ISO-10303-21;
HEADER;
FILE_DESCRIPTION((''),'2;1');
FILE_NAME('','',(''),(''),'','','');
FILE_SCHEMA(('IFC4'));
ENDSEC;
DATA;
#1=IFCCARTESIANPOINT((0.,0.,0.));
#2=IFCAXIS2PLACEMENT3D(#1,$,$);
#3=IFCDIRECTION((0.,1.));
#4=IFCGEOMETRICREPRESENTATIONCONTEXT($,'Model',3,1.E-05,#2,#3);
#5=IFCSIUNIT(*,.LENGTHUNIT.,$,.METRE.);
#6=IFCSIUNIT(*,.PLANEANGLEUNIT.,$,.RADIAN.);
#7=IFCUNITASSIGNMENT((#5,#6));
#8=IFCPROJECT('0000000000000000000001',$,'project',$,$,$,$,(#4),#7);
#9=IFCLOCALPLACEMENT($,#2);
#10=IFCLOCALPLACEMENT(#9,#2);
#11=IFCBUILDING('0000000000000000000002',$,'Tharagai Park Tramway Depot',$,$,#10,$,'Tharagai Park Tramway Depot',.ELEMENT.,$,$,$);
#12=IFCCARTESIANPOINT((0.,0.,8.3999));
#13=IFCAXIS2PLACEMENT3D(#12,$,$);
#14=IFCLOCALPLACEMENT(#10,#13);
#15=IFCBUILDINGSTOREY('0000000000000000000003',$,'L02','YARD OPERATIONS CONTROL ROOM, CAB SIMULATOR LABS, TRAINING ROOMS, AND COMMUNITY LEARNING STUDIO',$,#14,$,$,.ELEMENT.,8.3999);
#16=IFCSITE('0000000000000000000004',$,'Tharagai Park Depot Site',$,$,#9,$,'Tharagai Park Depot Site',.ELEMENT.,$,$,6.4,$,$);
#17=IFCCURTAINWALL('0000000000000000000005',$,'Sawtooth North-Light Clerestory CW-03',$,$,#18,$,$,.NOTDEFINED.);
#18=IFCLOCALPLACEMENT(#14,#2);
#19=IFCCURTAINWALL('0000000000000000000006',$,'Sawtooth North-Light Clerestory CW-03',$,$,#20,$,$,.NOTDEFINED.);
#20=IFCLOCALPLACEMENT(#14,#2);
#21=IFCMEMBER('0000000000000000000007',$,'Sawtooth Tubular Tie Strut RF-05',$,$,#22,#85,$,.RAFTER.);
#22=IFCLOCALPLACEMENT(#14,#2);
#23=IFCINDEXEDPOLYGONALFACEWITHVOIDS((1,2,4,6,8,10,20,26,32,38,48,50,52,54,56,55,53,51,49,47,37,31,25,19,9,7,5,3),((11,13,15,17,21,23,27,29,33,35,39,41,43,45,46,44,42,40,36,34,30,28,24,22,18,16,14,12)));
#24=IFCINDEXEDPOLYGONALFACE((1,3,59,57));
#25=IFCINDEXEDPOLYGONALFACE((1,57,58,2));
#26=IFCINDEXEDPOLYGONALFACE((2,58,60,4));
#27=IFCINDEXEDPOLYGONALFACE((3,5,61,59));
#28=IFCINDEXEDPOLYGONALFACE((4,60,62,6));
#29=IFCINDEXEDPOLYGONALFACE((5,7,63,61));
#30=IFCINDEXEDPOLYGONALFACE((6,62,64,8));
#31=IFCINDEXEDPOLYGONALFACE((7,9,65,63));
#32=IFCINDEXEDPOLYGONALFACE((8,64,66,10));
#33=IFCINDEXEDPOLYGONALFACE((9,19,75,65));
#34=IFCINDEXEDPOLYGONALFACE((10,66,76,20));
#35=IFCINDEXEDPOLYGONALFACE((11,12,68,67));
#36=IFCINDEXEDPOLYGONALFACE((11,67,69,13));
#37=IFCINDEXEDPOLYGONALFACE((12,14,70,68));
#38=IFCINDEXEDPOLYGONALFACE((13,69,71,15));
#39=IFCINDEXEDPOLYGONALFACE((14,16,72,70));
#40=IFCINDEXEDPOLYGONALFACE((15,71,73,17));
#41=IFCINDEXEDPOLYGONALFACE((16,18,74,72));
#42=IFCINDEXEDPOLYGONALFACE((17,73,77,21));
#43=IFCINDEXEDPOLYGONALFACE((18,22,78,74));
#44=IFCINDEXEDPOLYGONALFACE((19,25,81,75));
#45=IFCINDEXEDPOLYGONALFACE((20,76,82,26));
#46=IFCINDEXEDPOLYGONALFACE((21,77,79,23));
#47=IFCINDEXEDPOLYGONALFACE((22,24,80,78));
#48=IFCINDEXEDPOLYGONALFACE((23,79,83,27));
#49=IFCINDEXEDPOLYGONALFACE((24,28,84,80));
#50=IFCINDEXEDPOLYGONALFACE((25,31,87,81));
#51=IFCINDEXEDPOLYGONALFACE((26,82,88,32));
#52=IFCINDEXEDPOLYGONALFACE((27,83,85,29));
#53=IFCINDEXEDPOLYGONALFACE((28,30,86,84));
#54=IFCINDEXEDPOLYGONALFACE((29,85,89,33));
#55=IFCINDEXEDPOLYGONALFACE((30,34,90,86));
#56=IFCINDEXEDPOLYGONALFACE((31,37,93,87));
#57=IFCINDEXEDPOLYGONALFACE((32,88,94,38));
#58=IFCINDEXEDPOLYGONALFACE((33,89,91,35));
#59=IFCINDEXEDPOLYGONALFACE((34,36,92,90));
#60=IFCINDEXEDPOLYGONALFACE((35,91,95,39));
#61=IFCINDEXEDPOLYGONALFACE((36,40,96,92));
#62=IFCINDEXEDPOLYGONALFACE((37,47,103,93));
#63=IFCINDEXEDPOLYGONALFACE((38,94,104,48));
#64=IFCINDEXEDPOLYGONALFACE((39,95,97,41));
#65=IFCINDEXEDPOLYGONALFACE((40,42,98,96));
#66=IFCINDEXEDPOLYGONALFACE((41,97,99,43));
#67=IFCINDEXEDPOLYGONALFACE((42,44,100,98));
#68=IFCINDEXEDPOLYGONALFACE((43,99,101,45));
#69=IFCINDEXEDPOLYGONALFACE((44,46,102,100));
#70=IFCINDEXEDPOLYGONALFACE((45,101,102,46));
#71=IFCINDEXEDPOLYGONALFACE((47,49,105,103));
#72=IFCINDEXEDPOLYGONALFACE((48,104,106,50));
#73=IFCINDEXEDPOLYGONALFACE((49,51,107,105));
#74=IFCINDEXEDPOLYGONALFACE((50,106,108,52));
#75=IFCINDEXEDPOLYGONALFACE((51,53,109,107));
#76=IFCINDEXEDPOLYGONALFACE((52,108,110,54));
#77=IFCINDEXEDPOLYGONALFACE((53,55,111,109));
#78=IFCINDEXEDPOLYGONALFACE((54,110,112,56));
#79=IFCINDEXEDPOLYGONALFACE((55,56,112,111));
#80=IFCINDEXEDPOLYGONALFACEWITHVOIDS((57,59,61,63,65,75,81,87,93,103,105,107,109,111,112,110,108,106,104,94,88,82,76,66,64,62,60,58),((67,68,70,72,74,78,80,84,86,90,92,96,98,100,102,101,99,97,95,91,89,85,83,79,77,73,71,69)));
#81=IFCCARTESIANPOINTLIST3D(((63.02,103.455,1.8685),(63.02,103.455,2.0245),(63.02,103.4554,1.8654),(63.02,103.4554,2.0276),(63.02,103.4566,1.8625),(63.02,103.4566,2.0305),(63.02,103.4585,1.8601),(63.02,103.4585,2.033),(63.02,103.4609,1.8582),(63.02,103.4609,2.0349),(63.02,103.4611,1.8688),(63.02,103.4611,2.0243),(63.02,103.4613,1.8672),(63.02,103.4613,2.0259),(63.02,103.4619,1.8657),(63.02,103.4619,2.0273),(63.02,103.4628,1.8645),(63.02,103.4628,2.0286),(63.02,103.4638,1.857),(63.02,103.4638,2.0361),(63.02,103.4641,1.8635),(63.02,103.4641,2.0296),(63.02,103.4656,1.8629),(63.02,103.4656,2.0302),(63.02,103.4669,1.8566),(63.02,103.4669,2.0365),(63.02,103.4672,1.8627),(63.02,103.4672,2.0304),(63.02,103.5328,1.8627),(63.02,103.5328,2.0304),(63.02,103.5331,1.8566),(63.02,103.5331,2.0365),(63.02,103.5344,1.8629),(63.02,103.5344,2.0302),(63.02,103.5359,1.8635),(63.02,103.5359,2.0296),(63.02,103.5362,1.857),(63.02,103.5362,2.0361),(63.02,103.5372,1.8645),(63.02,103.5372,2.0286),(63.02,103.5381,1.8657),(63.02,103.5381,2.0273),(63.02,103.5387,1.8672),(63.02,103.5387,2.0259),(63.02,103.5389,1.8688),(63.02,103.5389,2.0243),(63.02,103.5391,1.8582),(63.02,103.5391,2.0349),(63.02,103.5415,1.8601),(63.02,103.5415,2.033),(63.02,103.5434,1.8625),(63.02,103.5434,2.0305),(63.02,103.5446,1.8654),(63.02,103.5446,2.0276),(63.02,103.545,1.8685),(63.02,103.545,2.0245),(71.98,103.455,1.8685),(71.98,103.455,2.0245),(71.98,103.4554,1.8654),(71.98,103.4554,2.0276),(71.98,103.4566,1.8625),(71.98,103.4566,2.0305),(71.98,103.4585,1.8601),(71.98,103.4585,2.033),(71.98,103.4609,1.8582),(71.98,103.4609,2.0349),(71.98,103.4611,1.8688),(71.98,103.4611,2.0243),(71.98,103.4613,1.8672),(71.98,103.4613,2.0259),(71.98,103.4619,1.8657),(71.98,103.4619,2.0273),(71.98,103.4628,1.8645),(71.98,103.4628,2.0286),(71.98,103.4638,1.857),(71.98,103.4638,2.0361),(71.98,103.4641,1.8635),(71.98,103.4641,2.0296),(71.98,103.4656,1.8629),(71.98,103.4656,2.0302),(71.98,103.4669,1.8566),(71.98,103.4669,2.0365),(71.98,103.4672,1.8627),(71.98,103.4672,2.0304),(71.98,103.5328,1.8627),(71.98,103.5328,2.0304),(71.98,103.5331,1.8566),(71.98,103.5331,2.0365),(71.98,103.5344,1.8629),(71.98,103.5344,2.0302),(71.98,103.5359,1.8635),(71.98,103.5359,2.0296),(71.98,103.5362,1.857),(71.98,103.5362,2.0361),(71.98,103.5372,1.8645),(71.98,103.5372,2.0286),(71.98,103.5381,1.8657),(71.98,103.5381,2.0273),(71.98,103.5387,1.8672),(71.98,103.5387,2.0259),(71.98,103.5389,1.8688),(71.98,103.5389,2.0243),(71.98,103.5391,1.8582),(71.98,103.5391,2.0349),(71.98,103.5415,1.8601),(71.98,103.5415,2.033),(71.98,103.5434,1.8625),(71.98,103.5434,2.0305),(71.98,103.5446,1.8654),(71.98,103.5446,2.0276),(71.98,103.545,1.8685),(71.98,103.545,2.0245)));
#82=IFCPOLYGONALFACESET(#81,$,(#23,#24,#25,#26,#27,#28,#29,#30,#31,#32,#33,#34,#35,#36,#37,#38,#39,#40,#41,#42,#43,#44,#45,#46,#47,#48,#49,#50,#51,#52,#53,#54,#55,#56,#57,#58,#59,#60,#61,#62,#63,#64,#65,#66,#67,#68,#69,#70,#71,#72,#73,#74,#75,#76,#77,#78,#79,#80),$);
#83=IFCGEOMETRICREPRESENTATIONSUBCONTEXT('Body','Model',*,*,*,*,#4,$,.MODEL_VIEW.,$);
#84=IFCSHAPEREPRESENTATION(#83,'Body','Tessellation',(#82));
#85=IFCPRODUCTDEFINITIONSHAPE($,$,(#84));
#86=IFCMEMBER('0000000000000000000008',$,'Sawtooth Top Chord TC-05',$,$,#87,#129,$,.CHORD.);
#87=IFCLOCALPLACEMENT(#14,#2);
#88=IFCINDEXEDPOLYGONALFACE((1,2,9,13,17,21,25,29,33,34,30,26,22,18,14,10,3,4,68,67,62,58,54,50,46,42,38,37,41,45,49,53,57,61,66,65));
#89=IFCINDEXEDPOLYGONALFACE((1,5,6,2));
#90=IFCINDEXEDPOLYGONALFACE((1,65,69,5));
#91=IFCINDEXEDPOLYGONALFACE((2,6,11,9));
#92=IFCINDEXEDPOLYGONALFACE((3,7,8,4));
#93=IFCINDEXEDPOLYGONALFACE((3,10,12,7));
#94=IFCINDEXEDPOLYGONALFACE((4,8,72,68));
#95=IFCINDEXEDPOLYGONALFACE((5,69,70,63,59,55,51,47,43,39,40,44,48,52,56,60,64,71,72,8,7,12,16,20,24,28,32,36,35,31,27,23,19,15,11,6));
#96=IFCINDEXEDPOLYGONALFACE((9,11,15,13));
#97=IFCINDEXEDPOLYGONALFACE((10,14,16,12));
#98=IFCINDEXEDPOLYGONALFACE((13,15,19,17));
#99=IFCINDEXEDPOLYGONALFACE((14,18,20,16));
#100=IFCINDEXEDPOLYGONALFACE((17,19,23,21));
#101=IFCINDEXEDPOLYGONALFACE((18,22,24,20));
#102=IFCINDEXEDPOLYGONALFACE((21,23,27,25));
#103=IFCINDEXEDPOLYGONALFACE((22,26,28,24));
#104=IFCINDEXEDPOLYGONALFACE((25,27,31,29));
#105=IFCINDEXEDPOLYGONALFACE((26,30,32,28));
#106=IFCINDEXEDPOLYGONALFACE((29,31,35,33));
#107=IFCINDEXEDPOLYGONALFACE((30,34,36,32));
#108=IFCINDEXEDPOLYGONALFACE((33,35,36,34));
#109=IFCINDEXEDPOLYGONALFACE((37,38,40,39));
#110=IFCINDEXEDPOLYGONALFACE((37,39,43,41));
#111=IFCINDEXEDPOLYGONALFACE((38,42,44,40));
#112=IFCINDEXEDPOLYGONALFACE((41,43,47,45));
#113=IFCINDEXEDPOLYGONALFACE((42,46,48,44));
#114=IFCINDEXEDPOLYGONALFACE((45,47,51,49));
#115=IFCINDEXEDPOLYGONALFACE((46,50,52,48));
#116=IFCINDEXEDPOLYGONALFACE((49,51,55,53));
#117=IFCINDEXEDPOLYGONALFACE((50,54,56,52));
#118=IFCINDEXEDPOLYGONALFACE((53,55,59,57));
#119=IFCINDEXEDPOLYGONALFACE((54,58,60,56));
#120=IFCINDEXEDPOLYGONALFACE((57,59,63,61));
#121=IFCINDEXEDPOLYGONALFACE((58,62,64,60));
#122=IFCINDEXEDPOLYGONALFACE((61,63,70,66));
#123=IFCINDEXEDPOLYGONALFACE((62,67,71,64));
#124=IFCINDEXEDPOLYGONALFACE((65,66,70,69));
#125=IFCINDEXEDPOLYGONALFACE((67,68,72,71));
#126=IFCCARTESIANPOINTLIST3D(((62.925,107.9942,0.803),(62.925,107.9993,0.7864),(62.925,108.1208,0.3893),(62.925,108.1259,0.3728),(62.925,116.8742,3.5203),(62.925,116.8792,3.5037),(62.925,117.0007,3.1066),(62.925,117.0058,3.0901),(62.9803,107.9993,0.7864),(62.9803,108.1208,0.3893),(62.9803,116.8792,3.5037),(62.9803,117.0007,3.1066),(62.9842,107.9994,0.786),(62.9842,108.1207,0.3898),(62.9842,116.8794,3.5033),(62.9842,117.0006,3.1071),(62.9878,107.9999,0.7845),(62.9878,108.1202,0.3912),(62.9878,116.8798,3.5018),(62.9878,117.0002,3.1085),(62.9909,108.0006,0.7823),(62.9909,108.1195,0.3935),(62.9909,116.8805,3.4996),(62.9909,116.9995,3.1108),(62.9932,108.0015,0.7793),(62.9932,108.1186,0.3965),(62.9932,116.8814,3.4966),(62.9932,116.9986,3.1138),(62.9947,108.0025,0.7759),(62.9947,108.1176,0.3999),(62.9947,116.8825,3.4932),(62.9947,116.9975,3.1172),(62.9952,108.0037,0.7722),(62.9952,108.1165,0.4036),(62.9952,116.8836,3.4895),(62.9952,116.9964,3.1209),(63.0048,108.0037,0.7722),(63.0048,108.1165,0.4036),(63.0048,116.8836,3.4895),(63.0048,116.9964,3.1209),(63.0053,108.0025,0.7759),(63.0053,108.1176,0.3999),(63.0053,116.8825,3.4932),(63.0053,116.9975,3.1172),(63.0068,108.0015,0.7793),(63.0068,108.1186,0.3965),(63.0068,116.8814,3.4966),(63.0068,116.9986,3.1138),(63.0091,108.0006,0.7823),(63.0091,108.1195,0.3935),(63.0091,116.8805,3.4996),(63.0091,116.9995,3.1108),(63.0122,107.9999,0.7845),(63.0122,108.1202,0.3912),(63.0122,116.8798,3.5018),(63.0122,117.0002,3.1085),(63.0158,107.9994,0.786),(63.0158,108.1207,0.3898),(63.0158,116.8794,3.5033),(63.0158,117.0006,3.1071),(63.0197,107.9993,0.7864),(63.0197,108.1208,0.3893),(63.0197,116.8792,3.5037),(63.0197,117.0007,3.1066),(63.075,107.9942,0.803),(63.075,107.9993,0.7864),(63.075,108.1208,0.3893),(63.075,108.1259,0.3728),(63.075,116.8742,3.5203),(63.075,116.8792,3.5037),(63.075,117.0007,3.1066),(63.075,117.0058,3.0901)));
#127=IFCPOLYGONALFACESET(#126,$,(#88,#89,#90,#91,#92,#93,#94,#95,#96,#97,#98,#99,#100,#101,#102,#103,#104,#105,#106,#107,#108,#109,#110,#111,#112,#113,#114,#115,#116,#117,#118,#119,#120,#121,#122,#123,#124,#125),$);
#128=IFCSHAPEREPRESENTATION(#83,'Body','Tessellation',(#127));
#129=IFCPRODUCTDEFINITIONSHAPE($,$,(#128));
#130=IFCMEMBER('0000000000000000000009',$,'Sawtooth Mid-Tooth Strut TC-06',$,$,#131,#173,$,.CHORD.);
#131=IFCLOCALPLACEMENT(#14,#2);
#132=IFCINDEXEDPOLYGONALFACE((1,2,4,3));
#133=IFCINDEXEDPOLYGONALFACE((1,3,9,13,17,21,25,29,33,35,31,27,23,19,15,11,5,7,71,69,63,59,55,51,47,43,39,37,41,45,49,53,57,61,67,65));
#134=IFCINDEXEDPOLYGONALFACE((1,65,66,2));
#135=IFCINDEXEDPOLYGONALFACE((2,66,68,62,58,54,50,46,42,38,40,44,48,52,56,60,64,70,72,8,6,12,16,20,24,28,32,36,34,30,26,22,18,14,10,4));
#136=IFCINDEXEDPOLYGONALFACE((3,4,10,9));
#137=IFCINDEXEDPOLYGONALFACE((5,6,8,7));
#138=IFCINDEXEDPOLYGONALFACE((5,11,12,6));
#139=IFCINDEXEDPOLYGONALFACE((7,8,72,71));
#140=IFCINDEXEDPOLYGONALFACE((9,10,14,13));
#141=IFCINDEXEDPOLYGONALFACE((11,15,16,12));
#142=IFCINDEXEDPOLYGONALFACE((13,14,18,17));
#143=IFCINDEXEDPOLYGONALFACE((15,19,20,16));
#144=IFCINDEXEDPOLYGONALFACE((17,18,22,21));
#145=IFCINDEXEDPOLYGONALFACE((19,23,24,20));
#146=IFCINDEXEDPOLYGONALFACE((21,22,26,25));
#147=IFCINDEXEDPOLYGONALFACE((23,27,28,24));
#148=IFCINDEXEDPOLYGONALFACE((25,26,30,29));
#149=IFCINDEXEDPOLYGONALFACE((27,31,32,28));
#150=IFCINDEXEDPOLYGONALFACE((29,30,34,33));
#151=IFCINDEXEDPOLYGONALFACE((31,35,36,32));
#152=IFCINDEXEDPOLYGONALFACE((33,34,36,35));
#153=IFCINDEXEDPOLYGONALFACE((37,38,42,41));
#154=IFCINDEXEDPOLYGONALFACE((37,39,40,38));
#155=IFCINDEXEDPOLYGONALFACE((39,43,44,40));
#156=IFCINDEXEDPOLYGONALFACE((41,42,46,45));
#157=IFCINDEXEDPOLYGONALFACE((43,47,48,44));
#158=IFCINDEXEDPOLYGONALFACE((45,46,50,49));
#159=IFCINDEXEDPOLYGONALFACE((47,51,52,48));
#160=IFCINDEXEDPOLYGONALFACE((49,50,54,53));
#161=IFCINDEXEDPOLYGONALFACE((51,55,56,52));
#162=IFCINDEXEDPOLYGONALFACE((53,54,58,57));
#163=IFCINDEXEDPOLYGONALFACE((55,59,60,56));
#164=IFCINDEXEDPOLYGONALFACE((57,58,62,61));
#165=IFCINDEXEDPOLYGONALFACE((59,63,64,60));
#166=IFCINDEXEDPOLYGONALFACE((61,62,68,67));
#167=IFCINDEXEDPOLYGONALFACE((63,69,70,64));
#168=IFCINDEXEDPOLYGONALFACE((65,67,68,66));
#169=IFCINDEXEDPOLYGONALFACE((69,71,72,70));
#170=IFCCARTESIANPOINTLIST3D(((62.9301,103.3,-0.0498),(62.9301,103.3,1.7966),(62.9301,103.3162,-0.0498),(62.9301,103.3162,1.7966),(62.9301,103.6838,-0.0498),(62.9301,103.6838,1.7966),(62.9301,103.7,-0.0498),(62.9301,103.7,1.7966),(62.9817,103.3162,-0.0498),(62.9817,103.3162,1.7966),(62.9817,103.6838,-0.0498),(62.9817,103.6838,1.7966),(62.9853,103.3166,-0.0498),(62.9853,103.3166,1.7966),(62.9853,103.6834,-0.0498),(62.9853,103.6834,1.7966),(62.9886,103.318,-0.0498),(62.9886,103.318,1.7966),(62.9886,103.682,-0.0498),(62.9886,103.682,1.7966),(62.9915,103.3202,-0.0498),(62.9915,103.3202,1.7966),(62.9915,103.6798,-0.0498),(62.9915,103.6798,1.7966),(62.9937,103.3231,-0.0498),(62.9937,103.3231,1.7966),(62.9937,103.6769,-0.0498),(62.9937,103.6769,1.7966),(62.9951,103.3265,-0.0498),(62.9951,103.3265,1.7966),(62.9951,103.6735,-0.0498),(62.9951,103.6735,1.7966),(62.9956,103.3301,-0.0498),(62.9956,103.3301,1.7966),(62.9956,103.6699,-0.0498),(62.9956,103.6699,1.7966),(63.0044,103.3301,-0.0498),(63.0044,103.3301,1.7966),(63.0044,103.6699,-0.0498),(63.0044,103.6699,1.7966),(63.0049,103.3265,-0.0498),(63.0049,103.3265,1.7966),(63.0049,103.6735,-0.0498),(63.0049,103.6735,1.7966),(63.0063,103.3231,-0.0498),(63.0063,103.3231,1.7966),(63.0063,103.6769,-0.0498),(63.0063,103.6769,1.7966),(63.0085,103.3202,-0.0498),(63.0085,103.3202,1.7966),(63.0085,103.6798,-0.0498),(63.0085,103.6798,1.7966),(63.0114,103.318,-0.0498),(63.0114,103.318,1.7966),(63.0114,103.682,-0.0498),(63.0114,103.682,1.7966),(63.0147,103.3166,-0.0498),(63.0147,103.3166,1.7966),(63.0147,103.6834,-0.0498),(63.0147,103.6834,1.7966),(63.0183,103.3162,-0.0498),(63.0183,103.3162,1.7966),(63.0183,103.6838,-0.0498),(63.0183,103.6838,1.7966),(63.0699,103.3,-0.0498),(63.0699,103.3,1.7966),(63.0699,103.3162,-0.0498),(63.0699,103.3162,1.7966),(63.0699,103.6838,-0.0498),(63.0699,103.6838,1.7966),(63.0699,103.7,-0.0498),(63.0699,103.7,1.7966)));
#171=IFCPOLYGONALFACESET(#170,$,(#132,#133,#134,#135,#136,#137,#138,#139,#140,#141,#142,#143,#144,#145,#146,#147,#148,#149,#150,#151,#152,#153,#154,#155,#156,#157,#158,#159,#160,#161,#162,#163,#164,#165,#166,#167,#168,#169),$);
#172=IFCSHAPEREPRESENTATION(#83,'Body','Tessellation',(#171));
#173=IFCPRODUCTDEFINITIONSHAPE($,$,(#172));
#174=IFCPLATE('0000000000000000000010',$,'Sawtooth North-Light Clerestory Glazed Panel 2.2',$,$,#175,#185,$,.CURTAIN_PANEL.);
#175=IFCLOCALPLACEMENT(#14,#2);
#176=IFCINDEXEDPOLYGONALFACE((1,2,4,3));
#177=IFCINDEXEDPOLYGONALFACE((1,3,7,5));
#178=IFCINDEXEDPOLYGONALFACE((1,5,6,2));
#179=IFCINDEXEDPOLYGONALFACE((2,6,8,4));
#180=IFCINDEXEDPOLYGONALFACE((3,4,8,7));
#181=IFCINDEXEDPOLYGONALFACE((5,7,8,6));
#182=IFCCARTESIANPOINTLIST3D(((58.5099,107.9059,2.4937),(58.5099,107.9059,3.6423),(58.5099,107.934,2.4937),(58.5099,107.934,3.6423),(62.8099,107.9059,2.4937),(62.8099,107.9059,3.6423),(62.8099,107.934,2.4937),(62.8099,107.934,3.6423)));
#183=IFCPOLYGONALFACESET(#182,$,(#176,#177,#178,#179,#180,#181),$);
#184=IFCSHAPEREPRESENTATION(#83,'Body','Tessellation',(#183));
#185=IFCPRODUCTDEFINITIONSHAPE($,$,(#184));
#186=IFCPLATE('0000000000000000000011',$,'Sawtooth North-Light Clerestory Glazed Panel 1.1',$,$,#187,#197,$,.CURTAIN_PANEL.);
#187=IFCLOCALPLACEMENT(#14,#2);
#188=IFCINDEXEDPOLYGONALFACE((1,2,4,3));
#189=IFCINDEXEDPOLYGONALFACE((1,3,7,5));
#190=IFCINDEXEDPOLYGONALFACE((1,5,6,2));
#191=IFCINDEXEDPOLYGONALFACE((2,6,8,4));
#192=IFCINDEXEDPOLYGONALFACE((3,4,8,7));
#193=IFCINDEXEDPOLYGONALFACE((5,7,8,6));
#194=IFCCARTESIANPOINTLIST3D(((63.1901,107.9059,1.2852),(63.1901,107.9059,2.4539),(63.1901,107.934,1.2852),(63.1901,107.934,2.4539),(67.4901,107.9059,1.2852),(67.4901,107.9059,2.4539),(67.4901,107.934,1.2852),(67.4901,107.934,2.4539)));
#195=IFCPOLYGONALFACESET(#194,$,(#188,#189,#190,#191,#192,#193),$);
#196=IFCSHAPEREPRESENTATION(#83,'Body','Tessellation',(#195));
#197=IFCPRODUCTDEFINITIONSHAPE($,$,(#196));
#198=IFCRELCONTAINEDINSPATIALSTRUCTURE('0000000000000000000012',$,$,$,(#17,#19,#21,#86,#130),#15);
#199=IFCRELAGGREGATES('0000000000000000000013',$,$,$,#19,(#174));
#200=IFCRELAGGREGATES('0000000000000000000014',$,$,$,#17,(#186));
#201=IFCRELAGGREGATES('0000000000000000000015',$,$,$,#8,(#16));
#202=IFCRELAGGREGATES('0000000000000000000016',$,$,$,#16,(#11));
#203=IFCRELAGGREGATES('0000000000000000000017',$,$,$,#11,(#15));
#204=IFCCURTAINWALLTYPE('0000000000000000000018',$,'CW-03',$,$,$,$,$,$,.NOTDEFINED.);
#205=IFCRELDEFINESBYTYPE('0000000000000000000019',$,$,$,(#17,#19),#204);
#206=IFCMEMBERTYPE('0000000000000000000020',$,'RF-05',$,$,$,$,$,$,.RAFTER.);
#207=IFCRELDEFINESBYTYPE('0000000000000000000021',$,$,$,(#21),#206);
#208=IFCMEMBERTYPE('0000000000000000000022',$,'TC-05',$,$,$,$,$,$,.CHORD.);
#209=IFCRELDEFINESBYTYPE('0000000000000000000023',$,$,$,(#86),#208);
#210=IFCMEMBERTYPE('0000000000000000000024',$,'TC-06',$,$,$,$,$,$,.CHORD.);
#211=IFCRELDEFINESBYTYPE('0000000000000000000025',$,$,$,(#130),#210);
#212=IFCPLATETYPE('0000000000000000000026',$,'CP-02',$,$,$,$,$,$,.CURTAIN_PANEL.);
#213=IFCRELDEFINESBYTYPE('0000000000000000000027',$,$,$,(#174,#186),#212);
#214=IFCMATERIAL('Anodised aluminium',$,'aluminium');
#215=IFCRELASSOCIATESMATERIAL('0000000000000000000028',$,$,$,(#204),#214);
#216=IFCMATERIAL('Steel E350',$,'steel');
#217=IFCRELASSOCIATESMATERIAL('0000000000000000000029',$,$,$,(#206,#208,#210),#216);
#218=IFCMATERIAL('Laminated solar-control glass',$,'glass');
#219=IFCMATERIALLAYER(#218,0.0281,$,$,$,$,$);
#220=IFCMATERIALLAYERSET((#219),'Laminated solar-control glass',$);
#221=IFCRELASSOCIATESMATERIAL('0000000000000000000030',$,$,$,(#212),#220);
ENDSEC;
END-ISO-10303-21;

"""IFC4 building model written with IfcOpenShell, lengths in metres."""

from ifc_helpers import new_model, si_unit, direction, frame, origin, origin_2d, place, context, subcontext, project, spatial, rectangle, hollow_rectangle, i_section, extrude, material, layer, layer_set, material_profile, profile_set, type_object, element, aggregate, save


model = new_model("IFC4")

# Units and contexts
model_context = context("Model", 3, precision=1e-05, world=origin(), true_north=direction((0.0, 1.0)))
body_context = subcontext(model_context, "Body", "Model", "MODEL_VIEW")
ifc_project = project(units=[si_unit("LENGTHUNIT", "METRE"), si_unit("PLANEANGLEUNIT", "RADIAN")], contexts=[model_context])

# Site, building, storey
site_placement = place(None, origin())
site = spatial("IfcSite", under=ifc_project, at=site_placement, Name="Tharagai Park Depot Site", LongName="Tharagai Park Depot Site", CompositionType="ELEMENT", RefElevation=6.4)
building_placement = place(site_placement, origin())
building = spatial("IfcBuilding", under=site, at=building_placement, Name="Tharagai Park Tramway Depot", LongName="Tharagai Park Tramway Depot", CompositionType="ELEMENT")
storey_placement = place(building_placement, frame((0.0, 0.0, 8.3999)))
storey = spatial("IfcBuildingStorey", under=building, at=storey_placement, Name="L02", Description="YARD OPERATIONS CONTROL ROOM, CAB SIMULATOR LABS, TRAINING ROOMS, AND COMMUNITY LEARNING STUDIO", CompositionType="ELEMENT", Elevation=8.3999)

# Shared definitions
ifc_material_1 = material(Name="Steel E350", Category="steel")

# Curtain wall
ifc_material_2 = material(Name="Anodised aluminium", Category="aluminium")
curtain_wall_type = type_object("IfcCurtainWallType", Name="CW-03", PredefinedType="NOTDEFINED", material=ifc_material_2)
curtain_wall_1_placement = place(storey_placement, origin())
curtain_wall_1 = element("IfcCurtainWall", 1, at=curtain_wall_1_placement, inside=storey, type_object=curtain_wall_type, Name="Sawtooth North-Light Clerestory CW-03", PredefinedType="NOTDEFINED")

# Curtain wall
curtain_wall_2_placement = place(storey_placement, origin())
curtain_wall_2 = element("IfcCurtainWall", 2, at=curtain_wall_2_placement, inside=storey, type_object=curtain_wall_type, Name="Sawtooth North-Light Clerestory CW-03", PredefinedType="NOTDEFINED")

# Members
ifc_material_profile_1 = material_profile(ifc_material_1, hollow_rectangle(XDim=0.0901, YDim=0.1799, WallThickness=0.0061, InnerFilletRadius=0.0061, OuterFilletRadius=0.012, at=origin_2d()), Name="RHS 180x90x6")
ifc_profile_set_1 = profile_set([ifc_material_profile_1], Name="Steel E350")
member_type_1 = type_object("IfcMemberType", Name="RF-05", PredefinedType="RAFTER", material=ifc_profile_set_1)
member_1_placement = place(storey_placement, frame((63.02, 103.5, 1.9465), z_axis=(1.0, 0.0, 0.0), x_axis=(0.0, 1.0, 0.0)))
element("IfcMember", 3, at=member_1_placement, inside=storey, type_object=member_type_1, Name="Sawtooth Tubular Tie Strut RF-05", PredefinedType="RAFTER", context=body_context, shape_type="SweptSolid", body=[
    extrude(hollow_rectangle(XDim=0.0901, YDim=0.1799, WallThickness=0.0061, InnerFilletRadius=0.0061, OuterFilletRadius=0.012, at=origin_2d()), origin(), (0.0, 0.0, 1.0), 8.96),
])
ifc_material_profile_2 = material_profile(ifc_material_1, i_section(OverallWidth=0.1499, OverallDepth=0.45, WebThickness=0.0095, FlangeThickness=0.0173, FilletRadius=0.0149, at=origin_2d()), Name="ISMB 450")
ifc_profile_set_2 = profile_set([ifc_material_profile_2], Name="Steel E350")
member_type_2 = type_object("IfcMemberType", Name="TC-05", PredefinedType="CHORD", material=ifc_profile_set_2)
member_2_placement = place(storey_placement, frame((63.0, 108.0601, 0.5879), z_axis=(0.0, 0.956231, 0.292611), x_axis=(-1.0, 0.0, 0.0)))
element("IfcMember", 4, at=member_2_placement, inside=storey, type_object=member_type_2, Name="Sawtooth Top Chord TC-05", PredefinedType="CHORD", context=body_context, shape_type="SweptSolid", body=[
    extrude(i_section(OverallWidth=0.1499, OverallDepth=0.45, WebThickness=0.0095, FlangeThickness=0.0173, FilletRadius=0.0149, at=origin_2d()), origin(), (0.0, 0.0, 1.0), 9.2864),
])
ifc_material_profile_3 = material_profile(ifc_material_1, i_section(OverallWidth=0.1399, OverallDepth=0.3999, WebThickness=0.0088, FlangeThickness=0.0161, FilletRadius=0.0139, at=origin_2d()), Name="ISMB 400")
ifc_profile_set_3 = profile_set([ifc_material_profile_3], Name="Steel E350")
member_type_3 = type_object("IfcMemberType", Name="TC-06", PredefinedType="CHORD", material=ifc_profile_set_3)
member_3_placement = place(storey_placement, frame((63.0, 103.5, -0.0498), z_axis=(0.0, 0.0, 1.0), x_axis=(1.0, 0.0, 0.0)))
element("IfcMember", 5, at=member_3_placement, inside=storey, type_object=member_type_3, Name="Sawtooth Mid-Tooth Strut TC-06", PredefinedType="CHORD", context=body_context, shape_type="SweptSolid", body=[
    extrude(i_section(OverallWidth=0.1399, OverallDepth=0.3999, WebThickness=0.0088, FlangeThickness=0.0161, FilletRadius=0.0139, at=origin_2d()), origin(), (0.0, 0.0, 1.0), 1.8464),
])

# Plates
ifc_material_3 = material(Name="Laminated solar-control glass", Category="glass")
ifc_layer_1 = layer(ifc_material_3, 0.0281)
ifc_layer_set_1 = layer_set([ifc_layer_1], Name="Laminated solar-control glass")
plate_type_1 = type_object("IfcPlateType", Name="CP-02", PredefinedType="CURTAIN_PANEL", material=ifc_layer_set_1)
plate_1_placement = place(storey_placement, frame((60.6599, 107.9199, 2.4937), z_axis=(0.0, 0.0, 1.0), x_axis=(1.0, 0.0, 0.0)))
plate_1 = element("IfcPlate", 6, at=plate_1_placement, type_object=plate_type_1, Name="Sawtooth North-Light Clerestory Glazed Panel 2.2", PredefinedType="CURTAIN_PANEL", context=body_context, shape_type="SweptSolid", body=[
    extrude(rectangle(XDim=4.3, YDim=0.0281, at=origin_2d()), origin(), (0.0, 0.0, 1.0), 1.1487),
])
aggregate(curtain_wall_2, [plate_1])
plate_2_placement = place(storey_placement, frame((65.3401, 107.9199, 1.2852), z_axis=(0.0, 0.0, 1.0), x_axis=(1.0, 0.0, 0.0)))
plate_2 = element("IfcPlate", 7, at=plate_2_placement, type_object=plate_type_1, Name="Sawtooth North-Light Clerestory Glazed Panel 1.1", PredefinedType="CURTAIN_PANEL", context=body_context, shape_type="SweptSolid", body=[
    extrude(rectangle(XDim=4.3, YDim=0.0281, at=origin_2d()), origin(), (0.0, 0.0, 1.0), 1.1687),
])
aggregate(curtain_wall_1, [plate_2])

save(model, "model.ifc")
